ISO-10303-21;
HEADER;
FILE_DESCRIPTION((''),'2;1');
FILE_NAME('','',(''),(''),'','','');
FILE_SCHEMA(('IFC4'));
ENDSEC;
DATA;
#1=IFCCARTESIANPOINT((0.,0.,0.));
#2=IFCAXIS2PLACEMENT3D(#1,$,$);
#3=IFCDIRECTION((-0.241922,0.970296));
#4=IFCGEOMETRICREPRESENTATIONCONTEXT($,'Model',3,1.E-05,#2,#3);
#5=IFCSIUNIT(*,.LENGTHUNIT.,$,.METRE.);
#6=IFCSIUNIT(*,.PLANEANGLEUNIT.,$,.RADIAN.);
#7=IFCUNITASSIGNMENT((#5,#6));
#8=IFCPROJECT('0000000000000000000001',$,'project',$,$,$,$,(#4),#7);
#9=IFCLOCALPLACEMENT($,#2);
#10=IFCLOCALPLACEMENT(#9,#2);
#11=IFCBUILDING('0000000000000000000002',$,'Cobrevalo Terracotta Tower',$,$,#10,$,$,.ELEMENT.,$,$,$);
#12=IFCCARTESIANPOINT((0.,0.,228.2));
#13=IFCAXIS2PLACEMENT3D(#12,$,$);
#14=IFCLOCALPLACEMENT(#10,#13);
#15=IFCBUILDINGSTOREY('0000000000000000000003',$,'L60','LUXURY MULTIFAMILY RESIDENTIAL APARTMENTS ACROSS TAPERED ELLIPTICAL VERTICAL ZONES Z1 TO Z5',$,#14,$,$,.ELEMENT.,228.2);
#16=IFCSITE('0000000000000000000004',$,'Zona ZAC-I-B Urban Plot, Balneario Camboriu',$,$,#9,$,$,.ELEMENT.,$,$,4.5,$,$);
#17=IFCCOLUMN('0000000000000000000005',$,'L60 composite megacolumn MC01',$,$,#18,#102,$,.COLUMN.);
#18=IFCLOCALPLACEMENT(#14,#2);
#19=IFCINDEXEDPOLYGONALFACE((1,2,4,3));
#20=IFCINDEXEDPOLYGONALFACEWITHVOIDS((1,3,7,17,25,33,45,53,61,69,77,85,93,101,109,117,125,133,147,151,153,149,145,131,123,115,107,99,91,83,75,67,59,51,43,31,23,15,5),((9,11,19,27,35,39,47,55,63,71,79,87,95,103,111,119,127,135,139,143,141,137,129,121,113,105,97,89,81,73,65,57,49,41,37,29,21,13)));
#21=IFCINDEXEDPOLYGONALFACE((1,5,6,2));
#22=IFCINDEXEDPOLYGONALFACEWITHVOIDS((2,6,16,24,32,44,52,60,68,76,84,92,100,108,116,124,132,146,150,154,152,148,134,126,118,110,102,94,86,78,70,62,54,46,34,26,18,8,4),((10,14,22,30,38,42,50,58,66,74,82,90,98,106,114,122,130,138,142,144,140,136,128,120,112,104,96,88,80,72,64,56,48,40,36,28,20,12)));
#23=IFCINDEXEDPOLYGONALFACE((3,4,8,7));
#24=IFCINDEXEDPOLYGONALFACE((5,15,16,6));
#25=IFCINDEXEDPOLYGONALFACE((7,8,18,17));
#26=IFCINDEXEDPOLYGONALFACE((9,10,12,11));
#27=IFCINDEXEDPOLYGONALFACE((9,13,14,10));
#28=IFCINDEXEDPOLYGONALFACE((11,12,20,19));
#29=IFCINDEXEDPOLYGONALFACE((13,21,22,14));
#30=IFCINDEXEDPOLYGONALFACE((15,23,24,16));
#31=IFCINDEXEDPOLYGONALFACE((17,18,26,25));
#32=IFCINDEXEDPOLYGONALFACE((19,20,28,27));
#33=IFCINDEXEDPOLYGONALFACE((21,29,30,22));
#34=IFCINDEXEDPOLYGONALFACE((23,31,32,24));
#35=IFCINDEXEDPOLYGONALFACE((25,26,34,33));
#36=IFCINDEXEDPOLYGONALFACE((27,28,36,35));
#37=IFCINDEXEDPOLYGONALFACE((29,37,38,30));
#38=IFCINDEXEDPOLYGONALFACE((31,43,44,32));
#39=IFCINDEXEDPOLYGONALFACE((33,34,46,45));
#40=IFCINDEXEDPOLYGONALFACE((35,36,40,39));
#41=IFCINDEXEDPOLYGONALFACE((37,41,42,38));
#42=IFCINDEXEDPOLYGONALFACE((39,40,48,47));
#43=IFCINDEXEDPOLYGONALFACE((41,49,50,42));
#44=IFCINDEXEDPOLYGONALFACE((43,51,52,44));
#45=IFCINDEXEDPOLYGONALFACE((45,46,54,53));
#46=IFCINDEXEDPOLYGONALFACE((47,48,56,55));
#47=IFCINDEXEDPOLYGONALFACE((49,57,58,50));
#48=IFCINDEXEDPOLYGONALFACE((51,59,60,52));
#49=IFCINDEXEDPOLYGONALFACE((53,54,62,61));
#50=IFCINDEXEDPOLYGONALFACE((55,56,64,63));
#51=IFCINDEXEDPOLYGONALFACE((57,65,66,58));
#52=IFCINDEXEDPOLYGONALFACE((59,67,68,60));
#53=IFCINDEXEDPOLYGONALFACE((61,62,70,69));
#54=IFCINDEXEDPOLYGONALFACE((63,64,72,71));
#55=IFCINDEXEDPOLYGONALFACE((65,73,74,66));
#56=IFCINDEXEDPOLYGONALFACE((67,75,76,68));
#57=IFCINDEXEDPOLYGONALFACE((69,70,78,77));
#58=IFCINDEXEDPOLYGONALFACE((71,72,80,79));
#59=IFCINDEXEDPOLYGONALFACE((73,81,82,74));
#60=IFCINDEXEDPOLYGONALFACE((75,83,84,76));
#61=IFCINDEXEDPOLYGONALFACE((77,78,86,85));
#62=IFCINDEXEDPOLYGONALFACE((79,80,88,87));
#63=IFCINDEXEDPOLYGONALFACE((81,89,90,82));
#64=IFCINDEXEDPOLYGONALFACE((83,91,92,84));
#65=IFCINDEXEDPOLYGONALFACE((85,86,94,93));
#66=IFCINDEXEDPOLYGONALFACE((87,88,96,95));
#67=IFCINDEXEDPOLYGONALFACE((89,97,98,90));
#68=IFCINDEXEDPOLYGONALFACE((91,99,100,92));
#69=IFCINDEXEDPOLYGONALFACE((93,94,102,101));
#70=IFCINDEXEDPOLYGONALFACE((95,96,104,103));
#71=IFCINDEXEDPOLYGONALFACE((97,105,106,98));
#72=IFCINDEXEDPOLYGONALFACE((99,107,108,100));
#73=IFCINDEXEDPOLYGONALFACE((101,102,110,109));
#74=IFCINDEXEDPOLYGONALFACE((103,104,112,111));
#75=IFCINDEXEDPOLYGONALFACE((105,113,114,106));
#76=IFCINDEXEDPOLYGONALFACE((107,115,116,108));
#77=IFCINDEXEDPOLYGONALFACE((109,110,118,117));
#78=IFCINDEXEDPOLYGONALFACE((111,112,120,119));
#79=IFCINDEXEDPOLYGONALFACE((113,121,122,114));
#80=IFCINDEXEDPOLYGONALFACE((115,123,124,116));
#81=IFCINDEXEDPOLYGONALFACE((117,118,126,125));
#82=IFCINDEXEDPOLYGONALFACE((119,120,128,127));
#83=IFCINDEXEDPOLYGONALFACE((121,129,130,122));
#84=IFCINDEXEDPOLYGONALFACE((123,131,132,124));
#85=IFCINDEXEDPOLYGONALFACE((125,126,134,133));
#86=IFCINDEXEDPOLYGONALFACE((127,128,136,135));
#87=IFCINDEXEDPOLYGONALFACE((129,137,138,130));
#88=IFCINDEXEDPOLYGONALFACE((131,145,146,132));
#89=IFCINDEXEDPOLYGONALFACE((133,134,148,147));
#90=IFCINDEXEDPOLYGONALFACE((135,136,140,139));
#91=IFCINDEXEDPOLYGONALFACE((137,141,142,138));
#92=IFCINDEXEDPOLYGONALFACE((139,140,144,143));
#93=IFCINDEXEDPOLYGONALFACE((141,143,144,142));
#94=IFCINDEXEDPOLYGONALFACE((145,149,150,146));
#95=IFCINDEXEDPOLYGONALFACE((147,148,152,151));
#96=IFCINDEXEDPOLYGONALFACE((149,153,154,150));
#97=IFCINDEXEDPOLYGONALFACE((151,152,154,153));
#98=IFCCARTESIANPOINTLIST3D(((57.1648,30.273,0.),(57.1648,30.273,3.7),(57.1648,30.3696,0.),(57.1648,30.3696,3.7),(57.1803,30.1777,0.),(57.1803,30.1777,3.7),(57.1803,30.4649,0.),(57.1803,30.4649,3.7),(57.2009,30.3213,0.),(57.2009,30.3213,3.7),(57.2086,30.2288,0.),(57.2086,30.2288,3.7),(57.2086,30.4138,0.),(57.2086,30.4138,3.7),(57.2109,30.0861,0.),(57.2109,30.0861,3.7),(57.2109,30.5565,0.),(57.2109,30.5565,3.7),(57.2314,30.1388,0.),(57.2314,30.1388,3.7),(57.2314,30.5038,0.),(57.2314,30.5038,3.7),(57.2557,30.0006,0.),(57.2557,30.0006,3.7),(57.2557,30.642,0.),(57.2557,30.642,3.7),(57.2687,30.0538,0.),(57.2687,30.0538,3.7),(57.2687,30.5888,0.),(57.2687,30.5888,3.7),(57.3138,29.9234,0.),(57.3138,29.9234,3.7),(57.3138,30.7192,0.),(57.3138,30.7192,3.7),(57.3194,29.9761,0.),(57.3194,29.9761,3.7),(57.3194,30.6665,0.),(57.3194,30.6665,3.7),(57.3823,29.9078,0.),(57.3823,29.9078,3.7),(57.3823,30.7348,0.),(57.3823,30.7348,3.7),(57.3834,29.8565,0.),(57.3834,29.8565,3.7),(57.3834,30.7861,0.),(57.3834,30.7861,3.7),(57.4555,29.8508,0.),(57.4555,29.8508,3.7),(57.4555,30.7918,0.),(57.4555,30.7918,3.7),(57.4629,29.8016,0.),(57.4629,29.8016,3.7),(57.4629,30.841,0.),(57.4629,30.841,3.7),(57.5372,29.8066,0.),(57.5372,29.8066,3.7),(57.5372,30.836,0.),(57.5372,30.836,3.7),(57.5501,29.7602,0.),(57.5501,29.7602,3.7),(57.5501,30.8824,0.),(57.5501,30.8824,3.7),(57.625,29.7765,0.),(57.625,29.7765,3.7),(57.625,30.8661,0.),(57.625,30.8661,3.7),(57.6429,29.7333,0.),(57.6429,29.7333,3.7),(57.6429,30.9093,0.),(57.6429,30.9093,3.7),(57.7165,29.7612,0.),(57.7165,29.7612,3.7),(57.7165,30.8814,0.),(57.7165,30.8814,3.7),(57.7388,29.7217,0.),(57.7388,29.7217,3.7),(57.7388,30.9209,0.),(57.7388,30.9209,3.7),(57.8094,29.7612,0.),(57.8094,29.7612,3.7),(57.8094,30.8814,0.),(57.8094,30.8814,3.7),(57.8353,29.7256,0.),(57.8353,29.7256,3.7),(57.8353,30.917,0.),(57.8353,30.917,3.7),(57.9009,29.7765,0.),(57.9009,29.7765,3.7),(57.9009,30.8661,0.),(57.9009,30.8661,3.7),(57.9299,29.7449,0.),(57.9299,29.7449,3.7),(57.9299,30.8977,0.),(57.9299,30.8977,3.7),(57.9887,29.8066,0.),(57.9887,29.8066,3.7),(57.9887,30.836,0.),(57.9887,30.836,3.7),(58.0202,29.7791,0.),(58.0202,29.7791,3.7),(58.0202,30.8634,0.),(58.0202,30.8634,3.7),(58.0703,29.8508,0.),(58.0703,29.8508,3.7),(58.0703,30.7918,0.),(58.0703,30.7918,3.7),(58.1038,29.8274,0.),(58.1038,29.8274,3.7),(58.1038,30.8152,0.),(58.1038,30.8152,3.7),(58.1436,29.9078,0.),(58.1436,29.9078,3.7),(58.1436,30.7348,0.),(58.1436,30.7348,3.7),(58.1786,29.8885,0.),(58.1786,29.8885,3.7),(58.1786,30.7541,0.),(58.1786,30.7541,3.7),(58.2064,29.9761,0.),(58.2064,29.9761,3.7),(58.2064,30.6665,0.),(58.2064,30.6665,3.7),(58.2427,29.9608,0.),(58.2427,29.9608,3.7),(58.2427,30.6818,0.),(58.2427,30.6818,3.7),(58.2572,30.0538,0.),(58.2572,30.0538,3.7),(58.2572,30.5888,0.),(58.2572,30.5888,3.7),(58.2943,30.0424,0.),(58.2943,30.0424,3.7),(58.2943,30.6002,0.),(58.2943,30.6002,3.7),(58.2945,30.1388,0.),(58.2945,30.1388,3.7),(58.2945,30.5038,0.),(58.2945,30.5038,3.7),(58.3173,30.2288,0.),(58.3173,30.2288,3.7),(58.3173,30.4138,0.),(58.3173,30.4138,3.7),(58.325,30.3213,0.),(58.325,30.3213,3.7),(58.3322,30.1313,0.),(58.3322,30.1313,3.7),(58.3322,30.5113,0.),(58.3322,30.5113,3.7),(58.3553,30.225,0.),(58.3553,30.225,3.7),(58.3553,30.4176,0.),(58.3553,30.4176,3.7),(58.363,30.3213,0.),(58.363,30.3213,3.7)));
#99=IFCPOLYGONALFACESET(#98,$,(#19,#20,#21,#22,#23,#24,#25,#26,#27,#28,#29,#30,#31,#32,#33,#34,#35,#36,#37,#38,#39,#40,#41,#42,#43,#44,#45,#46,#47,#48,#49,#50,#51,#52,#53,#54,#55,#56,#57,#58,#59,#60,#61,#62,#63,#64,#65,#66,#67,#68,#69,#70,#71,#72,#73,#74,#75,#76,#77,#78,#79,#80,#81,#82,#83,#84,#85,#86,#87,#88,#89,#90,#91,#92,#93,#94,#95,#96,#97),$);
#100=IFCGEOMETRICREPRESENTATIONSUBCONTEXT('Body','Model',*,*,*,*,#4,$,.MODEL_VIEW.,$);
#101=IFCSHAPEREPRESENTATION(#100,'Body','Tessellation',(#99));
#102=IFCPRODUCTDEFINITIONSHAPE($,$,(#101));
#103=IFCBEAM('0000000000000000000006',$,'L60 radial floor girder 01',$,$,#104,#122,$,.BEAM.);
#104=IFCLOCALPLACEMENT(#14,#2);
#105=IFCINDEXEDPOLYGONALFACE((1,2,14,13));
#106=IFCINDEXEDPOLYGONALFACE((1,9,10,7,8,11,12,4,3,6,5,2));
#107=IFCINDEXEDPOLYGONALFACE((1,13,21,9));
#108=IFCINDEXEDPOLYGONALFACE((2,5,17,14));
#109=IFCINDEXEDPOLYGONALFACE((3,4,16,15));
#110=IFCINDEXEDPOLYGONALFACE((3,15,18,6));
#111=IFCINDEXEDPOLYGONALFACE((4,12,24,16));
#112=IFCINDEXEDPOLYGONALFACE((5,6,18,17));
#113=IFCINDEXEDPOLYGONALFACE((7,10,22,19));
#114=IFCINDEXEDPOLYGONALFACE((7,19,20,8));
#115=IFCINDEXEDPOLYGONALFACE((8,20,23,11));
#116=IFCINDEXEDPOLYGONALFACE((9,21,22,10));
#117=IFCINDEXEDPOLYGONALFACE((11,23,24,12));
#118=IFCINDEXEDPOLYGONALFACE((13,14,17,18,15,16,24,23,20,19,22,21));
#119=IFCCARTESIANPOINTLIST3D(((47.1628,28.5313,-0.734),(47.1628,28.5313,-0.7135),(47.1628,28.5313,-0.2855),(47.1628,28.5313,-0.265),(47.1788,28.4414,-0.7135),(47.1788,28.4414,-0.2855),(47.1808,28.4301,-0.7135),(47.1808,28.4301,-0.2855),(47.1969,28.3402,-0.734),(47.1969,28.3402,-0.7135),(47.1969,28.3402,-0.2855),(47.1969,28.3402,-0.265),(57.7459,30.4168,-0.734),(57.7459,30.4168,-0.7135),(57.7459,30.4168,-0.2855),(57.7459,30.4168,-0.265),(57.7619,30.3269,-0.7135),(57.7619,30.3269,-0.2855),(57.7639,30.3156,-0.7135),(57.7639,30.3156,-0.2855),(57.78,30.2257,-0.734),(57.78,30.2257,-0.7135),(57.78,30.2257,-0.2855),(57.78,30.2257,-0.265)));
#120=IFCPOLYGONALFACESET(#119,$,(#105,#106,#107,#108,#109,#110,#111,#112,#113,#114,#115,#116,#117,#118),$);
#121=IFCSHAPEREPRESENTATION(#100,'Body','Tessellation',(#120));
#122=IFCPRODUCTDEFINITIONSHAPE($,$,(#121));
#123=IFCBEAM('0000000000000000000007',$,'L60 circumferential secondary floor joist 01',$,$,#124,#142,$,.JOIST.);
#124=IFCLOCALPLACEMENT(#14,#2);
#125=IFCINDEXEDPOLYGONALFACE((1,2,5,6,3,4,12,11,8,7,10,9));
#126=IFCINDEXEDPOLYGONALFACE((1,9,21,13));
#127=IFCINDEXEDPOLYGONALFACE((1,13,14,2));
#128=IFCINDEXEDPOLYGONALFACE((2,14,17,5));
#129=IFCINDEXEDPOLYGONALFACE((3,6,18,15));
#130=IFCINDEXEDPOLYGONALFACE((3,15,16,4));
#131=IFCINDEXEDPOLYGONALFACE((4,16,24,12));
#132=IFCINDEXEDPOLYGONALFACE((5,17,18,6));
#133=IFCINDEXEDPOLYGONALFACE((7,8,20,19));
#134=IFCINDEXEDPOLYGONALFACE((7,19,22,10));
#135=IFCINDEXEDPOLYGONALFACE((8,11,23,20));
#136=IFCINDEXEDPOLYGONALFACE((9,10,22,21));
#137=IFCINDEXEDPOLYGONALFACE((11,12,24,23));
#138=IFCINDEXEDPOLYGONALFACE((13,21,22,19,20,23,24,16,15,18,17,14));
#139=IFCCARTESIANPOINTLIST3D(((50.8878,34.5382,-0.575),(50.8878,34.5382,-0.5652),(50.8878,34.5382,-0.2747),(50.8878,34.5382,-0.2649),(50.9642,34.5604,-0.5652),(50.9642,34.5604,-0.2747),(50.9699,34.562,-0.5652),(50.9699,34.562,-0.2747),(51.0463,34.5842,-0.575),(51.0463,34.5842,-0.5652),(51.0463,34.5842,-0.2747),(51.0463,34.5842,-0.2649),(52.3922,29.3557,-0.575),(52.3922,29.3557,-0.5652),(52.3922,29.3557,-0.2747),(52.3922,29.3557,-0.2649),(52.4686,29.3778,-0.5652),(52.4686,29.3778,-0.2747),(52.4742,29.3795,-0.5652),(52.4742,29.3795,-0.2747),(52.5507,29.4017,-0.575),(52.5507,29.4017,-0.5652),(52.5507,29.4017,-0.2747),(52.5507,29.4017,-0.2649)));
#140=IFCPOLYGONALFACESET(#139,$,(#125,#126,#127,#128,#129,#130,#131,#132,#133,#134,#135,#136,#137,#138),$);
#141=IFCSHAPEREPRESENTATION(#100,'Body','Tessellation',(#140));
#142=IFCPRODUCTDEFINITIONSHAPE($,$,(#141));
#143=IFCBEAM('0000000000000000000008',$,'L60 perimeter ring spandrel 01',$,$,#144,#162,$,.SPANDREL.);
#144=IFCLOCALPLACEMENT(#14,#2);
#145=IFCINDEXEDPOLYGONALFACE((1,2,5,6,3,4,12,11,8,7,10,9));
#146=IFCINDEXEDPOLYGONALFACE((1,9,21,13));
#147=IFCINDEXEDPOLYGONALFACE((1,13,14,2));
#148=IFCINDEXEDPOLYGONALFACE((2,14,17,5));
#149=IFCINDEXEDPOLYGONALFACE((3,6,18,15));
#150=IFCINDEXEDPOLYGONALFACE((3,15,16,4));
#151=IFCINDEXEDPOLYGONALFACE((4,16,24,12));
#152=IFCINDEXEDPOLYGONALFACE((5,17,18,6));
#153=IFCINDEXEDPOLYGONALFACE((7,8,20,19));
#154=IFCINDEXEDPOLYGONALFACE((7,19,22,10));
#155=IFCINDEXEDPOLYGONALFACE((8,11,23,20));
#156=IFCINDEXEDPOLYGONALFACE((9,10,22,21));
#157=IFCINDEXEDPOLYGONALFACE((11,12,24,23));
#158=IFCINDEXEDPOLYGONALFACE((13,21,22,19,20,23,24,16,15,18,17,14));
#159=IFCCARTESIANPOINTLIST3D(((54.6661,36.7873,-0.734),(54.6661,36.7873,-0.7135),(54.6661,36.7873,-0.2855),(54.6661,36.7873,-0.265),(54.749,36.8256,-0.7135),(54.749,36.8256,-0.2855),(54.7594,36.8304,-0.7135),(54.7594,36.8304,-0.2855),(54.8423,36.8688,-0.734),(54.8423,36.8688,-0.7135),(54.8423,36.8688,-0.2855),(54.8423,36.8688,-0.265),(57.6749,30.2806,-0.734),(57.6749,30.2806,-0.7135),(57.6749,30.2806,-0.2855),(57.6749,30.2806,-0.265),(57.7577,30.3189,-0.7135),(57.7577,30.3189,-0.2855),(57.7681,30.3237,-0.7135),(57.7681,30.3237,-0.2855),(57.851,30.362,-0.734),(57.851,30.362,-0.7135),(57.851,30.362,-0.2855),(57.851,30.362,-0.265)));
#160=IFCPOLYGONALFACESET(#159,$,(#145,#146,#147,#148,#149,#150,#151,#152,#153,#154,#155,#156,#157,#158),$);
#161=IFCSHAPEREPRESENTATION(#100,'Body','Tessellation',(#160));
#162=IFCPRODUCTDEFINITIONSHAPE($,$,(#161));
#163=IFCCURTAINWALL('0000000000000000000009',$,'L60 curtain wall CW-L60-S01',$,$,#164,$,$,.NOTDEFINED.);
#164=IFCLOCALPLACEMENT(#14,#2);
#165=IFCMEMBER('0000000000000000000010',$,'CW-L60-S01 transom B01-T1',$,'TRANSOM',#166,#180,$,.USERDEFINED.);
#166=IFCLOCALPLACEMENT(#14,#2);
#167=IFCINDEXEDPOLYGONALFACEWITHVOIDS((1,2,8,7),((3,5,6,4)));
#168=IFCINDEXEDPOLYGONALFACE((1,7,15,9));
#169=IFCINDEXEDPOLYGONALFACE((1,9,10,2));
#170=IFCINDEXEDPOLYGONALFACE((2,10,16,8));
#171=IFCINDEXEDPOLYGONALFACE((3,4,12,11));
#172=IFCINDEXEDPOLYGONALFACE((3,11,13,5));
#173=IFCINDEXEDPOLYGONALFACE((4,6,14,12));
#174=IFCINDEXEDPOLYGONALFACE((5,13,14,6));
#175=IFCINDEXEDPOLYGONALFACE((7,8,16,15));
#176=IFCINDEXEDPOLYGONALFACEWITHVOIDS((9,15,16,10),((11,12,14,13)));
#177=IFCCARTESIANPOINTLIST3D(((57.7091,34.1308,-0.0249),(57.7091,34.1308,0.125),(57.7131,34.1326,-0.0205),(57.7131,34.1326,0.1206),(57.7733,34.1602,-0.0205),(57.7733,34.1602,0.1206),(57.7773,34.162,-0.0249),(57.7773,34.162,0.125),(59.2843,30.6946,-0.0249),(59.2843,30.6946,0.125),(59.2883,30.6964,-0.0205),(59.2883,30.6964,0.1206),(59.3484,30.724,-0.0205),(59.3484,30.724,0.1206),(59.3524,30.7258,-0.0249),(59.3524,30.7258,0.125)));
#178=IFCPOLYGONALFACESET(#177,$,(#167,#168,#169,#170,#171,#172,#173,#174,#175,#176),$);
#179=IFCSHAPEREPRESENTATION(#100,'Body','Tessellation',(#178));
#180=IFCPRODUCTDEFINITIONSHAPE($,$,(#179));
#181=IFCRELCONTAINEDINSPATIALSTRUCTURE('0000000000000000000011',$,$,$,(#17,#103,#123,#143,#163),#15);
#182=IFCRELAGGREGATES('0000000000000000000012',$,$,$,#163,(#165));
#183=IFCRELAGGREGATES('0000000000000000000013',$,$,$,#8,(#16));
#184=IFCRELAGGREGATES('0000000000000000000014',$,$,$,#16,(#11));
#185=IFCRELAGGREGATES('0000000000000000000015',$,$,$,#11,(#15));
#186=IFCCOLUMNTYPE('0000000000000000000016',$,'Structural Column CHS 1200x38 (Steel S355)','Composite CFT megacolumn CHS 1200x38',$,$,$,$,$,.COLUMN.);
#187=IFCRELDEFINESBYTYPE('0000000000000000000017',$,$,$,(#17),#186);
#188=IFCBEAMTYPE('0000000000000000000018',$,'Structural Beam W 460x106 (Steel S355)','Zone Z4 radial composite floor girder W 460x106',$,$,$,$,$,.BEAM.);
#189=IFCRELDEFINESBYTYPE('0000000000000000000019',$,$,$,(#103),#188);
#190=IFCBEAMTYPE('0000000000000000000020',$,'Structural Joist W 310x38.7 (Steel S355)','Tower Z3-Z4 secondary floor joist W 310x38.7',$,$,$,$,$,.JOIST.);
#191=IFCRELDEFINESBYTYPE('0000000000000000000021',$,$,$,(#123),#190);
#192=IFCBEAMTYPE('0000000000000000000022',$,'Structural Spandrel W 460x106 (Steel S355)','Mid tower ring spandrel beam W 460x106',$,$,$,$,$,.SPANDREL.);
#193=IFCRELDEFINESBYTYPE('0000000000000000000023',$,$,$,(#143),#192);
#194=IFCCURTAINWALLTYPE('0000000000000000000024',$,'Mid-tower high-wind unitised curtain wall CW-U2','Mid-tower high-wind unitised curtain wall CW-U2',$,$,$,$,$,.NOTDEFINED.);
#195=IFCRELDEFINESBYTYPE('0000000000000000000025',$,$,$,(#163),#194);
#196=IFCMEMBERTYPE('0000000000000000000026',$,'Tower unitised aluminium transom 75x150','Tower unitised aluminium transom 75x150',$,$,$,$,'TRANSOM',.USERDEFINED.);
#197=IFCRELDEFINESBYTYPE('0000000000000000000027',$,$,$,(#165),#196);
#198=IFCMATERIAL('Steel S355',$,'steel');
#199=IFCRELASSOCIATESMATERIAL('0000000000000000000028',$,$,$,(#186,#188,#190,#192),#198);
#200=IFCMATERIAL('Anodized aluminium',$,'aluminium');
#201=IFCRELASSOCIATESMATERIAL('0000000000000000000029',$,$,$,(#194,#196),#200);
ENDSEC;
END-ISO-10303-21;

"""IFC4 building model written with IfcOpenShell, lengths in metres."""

from ifc_helpers import new_model, si_unit, direction, frame, origin, origin_2d, place, context, subcontext, project, spatial, hollow_rectangle, hollow_circle, i_section, extrude, source, transform, mapped, material, material_profile, profile_set, type_object, element, aggregate, save


model = new_model("IFC4")

# Units and contexts
model_context = context("Model", 3, precision=1e-05, world=origin(), true_north=direction((-0.241922, 0.970296)))
body_context = subcontext(model_context, "Body", "Model", "MODEL_VIEW")
ifc_project = project(units=[si_unit("LENGTHUNIT", "METRE"), si_unit("PLANEANGLEUNIT", "RADIAN")], contexts=[model_context])

# Site, building, storey
site_placement = place(None, origin())
site = spatial("IfcSite", under=ifc_project, at=site_placement, Name="Zona ZAC-I-B Urban Plot, Balneario Camboriu", CompositionType="ELEMENT", RefElevation=4.5)
building_placement = place(site_placement, origin())
building = spatial("IfcBuilding", under=site, at=building_placement, Name="Cobrevalo Terracotta Tower", CompositionType="ELEMENT")
storey_placement = place(building_placement, frame((0.0, 0.0, 228.2)))
storey = spatial("IfcBuildingStorey", under=building, at=storey_placement, Name="L60", Description="LUXURY MULTIFAMILY RESIDENTIAL APARTMENTS ACROSS TAPERED ELLIPTICAL VERTICAL ZONES Z1 TO Z5", CompositionType="ELEMENT", Elevation=228.2)

# Column
ifc_material_1 = material(Name="Steel S355", Category="steel")
ifc_material_profile_1 = material_profile(ifc_material_1, hollow_circle(Radius=0.6001, WallThickness=0.0381, at=origin_2d()), Name="CHS 1200x38")
ifc_profile_set_1 = profile_set([ifc_material_profile_1], Name="Steel S355")
column_type = type_object("IfcColumnType", Name="Structural Column CHS 1200x38 (Steel S355)", Description="Composite CFT megacolumn CHS 1200x38", PredefinedType="COLUMN", material=ifc_profile_set_1)
column_placement = place(storey_placement, frame((57.7629, 30.3213, 0.0), z_axis=(0.0, 0.0, 1.0), x_axis=(1.0, 0.0, 0.0)))
element("IfcColumn", 1, at=column_placement, inside=storey, type_object=column_type, Name="L60 composite megacolumn MC01", PredefinedType="COLUMN", context=body_context, shape_type="SweptSolid", body=[
    extrude(hollow_circle(Radius=0.6001, WallThickness=0.0381, at=origin_2d()), origin(), (0.0, 0.0, 1.0), 3.7),
])

# Beams
ifc_material_profile_2 = material_profile(ifc_material_1, i_section(OverallWidth=0.1941, OverallDepth=0.469, WebThickness=0.0115, FlangeThickness=0.0205, at=origin_2d()), Name="W 460x106")
ifc_profile_set_2 = profile_set([ifc_material_profile_2], Name="Steel S355")
beam_type_1 = type_object("IfcBeamType", Name="Structural Beam W 460x106 (Steel S355)", Description="Zone Z4 radial composite floor girder W 460x106", PredefinedType="BEAM", material=ifc_profile_set_2)
beam_1_placement = place(storey_placement, frame((57.7629, 30.3213, -0.4995), z_axis=(-0.984497, -0.175401, 0.0), x_axis=(0.175401, -0.984497, 0.0)))
element("IfcBeam", 2, at=beam_1_placement, inside=storey, type_object=beam_type_1, Name="L60 radial floor girder 01", PredefinedType="BEAM", context=body_context, shape_type="SweptSolid", body=[
    extrude(i_section(OverallWidth=0.1941, OverallDepth=0.469, WebThickness=0.0115, FlangeThickness=0.0205, at=origin_2d()), origin(), (0.0, 0.0, 1.0), 10.7498),
])
ifc_material_profile_3 = material_profile(ifc_material_1, i_section(OverallWidth=0.165, OverallDepth=0.3101, WebThickness=0.0059, FlangeThickness=0.0098, at=origin_2d()), Name="W 310x38.7")
ifc_profile_set_3 = profile_set([ifc_material_profile_3], Name="Steel S355")
beam_type_2 = type_object("IfcBeamType", Name="Structural Joist W 310x38.7 (Steel S355)", Description="Tower Z3-Z4 secondary floor joist W 310x38.7", PredefinedType="JOIST", material=ifc_profile_set_3)
beam_2_placement = place(storey_placement, frame((52.4714, 29.3787, -0.4199), z_axis=(-0.27877, 0.960358, 0.0), x_axis=(-0.960358, -0.27877, 0.0)))
element("IfcBeam", 3, at=beam_2_placement, inside=storey, type_object=beam_type_2, Name="L60 circumferential secondary floor joist 01", PredefinedType="JOIST", context=body_context, shape_type="SweptSolid", body=[
    extrude(i_section(OverallWidth=0.165, OverallDepth=0.3101, WebThickness=0.0059, FlangeThickness=0.0098, at=origin_2d()), origin(), (0.0, 0.0, 1.0), 5.3965),
])
ifc_material_profile_4 = material_profile(ifc_material_1, i_section(OverallWidth=0.1941, OverallDepth=0.469, WebThickness=0.0115, FlangeThickness=0.0205, at=origin_2d()), Name="W 460x106")
ifc_profile_set_4 = profile_set([ifc_material_profile_4], Name="Steel S355")
beam_type_3 = type_object("IfcBeamType", Name="Structural Spandrel W 460x106 (Steel S355)", Description="Mid tower ring spandrel beam W 460x106", PredefinedType="SPANDREL", material=ifc_profile_set_4)
beam_3_placement = place(storey_placement, frame((57.7629, 30.3213, -0.4995), z_axis=(-0.419706, 0.90766, 0.0), x_axis=(-0.90766, -0.419706, 0.0)))
element("IfcBeam", 4, at=beam_3_placement, inside=storey, type_object=beam_type_3, Name="L60 perimeter ring spandrel 01", PredefinedType="SPANDREL", context=body_context, shape_type="SweptSolid", body=[
    extrude(i_section(OverallWidth=0.1941, OverallDepth=0.469, WebThickness=0.0115, FlangeThickness=0.0205, at=origin_2d()), origin(), (0.0, 0.0, 1.0), 7.1687),
])

# Curtain wall, member
ifc_material_2 = material(Name="Anodized aluminium", Category="aluminium")
curtain_wall_type = type_object("IfcCurtainWallType", Name="Mid-tower high-wind unitised curtain wall CW-U2", Description="Mid-tower high-wind unitised curtain wall CW-U2", PredefinedType="NOTDEFINED", material=ifc_material_2)
curtain_wall_1_placement = place(storey_placement, origin())
curtain_wall_1 = element("IfcCurtainWall", 5, at=curtain_wall_1_placement, inside=storey, type_object=curtain_wall_type, Name="L60 curtain wall CW-L60-S01", PredefinedType="NOTDEFINED")
ifc_material_profile_5 = material_profile(ifc_material_2, hollow_rectangle(XDim=0.075, YDim=0.1499, WallThickness=0.0044, at=origin_2d()), Name="CWT 75x150")
ifc_profile_set_5 = profile_set([ifc_material_profile_5], Name="Anodized aluminium")
member_type_1 = type_object("IfcMemberType", Name="Tower unitised aluminium transom 75x150", Description="Tower unitised aluminium transom 75x150", ElementType="TRANSOM", PredefinedType="USERDEFINED", material=ifc_profile_set_5)
shared_shape_1 = source(origin(), body_context, "Body", "SweptSolid", [
    extrude(hollow_rectangle(XDim=0.075, YDim=0.1499, WallThickness=0.0044, at=origin_2d()), origin(), (0.0, 0.0, 1.0), 3.78),
])
member_1_placement = place(storey_placement, frame((59.3184, 30.7102, 0.05), z_axis=(-0.416706, 0.909041, 0.0), x_axis=(-0.909041, -0.416706, 0.0)))
member_1 = element("IfcMember", 6, at=member_1_placement, type_object=member_type_1, Name="CW-L60-S01 transom B01-T1", ObjectType="TRANSOM", PredefinedType="USERDEFINED", context=body_context, shape_type="MappedRepresentation", body=[
    mapped(shared_shape_1, transform((0.0, 0.0, 0.0), scale=1.0)),
])

aggregate(curtain_wall_1, [member_1])

save(model, "model.ifc")
